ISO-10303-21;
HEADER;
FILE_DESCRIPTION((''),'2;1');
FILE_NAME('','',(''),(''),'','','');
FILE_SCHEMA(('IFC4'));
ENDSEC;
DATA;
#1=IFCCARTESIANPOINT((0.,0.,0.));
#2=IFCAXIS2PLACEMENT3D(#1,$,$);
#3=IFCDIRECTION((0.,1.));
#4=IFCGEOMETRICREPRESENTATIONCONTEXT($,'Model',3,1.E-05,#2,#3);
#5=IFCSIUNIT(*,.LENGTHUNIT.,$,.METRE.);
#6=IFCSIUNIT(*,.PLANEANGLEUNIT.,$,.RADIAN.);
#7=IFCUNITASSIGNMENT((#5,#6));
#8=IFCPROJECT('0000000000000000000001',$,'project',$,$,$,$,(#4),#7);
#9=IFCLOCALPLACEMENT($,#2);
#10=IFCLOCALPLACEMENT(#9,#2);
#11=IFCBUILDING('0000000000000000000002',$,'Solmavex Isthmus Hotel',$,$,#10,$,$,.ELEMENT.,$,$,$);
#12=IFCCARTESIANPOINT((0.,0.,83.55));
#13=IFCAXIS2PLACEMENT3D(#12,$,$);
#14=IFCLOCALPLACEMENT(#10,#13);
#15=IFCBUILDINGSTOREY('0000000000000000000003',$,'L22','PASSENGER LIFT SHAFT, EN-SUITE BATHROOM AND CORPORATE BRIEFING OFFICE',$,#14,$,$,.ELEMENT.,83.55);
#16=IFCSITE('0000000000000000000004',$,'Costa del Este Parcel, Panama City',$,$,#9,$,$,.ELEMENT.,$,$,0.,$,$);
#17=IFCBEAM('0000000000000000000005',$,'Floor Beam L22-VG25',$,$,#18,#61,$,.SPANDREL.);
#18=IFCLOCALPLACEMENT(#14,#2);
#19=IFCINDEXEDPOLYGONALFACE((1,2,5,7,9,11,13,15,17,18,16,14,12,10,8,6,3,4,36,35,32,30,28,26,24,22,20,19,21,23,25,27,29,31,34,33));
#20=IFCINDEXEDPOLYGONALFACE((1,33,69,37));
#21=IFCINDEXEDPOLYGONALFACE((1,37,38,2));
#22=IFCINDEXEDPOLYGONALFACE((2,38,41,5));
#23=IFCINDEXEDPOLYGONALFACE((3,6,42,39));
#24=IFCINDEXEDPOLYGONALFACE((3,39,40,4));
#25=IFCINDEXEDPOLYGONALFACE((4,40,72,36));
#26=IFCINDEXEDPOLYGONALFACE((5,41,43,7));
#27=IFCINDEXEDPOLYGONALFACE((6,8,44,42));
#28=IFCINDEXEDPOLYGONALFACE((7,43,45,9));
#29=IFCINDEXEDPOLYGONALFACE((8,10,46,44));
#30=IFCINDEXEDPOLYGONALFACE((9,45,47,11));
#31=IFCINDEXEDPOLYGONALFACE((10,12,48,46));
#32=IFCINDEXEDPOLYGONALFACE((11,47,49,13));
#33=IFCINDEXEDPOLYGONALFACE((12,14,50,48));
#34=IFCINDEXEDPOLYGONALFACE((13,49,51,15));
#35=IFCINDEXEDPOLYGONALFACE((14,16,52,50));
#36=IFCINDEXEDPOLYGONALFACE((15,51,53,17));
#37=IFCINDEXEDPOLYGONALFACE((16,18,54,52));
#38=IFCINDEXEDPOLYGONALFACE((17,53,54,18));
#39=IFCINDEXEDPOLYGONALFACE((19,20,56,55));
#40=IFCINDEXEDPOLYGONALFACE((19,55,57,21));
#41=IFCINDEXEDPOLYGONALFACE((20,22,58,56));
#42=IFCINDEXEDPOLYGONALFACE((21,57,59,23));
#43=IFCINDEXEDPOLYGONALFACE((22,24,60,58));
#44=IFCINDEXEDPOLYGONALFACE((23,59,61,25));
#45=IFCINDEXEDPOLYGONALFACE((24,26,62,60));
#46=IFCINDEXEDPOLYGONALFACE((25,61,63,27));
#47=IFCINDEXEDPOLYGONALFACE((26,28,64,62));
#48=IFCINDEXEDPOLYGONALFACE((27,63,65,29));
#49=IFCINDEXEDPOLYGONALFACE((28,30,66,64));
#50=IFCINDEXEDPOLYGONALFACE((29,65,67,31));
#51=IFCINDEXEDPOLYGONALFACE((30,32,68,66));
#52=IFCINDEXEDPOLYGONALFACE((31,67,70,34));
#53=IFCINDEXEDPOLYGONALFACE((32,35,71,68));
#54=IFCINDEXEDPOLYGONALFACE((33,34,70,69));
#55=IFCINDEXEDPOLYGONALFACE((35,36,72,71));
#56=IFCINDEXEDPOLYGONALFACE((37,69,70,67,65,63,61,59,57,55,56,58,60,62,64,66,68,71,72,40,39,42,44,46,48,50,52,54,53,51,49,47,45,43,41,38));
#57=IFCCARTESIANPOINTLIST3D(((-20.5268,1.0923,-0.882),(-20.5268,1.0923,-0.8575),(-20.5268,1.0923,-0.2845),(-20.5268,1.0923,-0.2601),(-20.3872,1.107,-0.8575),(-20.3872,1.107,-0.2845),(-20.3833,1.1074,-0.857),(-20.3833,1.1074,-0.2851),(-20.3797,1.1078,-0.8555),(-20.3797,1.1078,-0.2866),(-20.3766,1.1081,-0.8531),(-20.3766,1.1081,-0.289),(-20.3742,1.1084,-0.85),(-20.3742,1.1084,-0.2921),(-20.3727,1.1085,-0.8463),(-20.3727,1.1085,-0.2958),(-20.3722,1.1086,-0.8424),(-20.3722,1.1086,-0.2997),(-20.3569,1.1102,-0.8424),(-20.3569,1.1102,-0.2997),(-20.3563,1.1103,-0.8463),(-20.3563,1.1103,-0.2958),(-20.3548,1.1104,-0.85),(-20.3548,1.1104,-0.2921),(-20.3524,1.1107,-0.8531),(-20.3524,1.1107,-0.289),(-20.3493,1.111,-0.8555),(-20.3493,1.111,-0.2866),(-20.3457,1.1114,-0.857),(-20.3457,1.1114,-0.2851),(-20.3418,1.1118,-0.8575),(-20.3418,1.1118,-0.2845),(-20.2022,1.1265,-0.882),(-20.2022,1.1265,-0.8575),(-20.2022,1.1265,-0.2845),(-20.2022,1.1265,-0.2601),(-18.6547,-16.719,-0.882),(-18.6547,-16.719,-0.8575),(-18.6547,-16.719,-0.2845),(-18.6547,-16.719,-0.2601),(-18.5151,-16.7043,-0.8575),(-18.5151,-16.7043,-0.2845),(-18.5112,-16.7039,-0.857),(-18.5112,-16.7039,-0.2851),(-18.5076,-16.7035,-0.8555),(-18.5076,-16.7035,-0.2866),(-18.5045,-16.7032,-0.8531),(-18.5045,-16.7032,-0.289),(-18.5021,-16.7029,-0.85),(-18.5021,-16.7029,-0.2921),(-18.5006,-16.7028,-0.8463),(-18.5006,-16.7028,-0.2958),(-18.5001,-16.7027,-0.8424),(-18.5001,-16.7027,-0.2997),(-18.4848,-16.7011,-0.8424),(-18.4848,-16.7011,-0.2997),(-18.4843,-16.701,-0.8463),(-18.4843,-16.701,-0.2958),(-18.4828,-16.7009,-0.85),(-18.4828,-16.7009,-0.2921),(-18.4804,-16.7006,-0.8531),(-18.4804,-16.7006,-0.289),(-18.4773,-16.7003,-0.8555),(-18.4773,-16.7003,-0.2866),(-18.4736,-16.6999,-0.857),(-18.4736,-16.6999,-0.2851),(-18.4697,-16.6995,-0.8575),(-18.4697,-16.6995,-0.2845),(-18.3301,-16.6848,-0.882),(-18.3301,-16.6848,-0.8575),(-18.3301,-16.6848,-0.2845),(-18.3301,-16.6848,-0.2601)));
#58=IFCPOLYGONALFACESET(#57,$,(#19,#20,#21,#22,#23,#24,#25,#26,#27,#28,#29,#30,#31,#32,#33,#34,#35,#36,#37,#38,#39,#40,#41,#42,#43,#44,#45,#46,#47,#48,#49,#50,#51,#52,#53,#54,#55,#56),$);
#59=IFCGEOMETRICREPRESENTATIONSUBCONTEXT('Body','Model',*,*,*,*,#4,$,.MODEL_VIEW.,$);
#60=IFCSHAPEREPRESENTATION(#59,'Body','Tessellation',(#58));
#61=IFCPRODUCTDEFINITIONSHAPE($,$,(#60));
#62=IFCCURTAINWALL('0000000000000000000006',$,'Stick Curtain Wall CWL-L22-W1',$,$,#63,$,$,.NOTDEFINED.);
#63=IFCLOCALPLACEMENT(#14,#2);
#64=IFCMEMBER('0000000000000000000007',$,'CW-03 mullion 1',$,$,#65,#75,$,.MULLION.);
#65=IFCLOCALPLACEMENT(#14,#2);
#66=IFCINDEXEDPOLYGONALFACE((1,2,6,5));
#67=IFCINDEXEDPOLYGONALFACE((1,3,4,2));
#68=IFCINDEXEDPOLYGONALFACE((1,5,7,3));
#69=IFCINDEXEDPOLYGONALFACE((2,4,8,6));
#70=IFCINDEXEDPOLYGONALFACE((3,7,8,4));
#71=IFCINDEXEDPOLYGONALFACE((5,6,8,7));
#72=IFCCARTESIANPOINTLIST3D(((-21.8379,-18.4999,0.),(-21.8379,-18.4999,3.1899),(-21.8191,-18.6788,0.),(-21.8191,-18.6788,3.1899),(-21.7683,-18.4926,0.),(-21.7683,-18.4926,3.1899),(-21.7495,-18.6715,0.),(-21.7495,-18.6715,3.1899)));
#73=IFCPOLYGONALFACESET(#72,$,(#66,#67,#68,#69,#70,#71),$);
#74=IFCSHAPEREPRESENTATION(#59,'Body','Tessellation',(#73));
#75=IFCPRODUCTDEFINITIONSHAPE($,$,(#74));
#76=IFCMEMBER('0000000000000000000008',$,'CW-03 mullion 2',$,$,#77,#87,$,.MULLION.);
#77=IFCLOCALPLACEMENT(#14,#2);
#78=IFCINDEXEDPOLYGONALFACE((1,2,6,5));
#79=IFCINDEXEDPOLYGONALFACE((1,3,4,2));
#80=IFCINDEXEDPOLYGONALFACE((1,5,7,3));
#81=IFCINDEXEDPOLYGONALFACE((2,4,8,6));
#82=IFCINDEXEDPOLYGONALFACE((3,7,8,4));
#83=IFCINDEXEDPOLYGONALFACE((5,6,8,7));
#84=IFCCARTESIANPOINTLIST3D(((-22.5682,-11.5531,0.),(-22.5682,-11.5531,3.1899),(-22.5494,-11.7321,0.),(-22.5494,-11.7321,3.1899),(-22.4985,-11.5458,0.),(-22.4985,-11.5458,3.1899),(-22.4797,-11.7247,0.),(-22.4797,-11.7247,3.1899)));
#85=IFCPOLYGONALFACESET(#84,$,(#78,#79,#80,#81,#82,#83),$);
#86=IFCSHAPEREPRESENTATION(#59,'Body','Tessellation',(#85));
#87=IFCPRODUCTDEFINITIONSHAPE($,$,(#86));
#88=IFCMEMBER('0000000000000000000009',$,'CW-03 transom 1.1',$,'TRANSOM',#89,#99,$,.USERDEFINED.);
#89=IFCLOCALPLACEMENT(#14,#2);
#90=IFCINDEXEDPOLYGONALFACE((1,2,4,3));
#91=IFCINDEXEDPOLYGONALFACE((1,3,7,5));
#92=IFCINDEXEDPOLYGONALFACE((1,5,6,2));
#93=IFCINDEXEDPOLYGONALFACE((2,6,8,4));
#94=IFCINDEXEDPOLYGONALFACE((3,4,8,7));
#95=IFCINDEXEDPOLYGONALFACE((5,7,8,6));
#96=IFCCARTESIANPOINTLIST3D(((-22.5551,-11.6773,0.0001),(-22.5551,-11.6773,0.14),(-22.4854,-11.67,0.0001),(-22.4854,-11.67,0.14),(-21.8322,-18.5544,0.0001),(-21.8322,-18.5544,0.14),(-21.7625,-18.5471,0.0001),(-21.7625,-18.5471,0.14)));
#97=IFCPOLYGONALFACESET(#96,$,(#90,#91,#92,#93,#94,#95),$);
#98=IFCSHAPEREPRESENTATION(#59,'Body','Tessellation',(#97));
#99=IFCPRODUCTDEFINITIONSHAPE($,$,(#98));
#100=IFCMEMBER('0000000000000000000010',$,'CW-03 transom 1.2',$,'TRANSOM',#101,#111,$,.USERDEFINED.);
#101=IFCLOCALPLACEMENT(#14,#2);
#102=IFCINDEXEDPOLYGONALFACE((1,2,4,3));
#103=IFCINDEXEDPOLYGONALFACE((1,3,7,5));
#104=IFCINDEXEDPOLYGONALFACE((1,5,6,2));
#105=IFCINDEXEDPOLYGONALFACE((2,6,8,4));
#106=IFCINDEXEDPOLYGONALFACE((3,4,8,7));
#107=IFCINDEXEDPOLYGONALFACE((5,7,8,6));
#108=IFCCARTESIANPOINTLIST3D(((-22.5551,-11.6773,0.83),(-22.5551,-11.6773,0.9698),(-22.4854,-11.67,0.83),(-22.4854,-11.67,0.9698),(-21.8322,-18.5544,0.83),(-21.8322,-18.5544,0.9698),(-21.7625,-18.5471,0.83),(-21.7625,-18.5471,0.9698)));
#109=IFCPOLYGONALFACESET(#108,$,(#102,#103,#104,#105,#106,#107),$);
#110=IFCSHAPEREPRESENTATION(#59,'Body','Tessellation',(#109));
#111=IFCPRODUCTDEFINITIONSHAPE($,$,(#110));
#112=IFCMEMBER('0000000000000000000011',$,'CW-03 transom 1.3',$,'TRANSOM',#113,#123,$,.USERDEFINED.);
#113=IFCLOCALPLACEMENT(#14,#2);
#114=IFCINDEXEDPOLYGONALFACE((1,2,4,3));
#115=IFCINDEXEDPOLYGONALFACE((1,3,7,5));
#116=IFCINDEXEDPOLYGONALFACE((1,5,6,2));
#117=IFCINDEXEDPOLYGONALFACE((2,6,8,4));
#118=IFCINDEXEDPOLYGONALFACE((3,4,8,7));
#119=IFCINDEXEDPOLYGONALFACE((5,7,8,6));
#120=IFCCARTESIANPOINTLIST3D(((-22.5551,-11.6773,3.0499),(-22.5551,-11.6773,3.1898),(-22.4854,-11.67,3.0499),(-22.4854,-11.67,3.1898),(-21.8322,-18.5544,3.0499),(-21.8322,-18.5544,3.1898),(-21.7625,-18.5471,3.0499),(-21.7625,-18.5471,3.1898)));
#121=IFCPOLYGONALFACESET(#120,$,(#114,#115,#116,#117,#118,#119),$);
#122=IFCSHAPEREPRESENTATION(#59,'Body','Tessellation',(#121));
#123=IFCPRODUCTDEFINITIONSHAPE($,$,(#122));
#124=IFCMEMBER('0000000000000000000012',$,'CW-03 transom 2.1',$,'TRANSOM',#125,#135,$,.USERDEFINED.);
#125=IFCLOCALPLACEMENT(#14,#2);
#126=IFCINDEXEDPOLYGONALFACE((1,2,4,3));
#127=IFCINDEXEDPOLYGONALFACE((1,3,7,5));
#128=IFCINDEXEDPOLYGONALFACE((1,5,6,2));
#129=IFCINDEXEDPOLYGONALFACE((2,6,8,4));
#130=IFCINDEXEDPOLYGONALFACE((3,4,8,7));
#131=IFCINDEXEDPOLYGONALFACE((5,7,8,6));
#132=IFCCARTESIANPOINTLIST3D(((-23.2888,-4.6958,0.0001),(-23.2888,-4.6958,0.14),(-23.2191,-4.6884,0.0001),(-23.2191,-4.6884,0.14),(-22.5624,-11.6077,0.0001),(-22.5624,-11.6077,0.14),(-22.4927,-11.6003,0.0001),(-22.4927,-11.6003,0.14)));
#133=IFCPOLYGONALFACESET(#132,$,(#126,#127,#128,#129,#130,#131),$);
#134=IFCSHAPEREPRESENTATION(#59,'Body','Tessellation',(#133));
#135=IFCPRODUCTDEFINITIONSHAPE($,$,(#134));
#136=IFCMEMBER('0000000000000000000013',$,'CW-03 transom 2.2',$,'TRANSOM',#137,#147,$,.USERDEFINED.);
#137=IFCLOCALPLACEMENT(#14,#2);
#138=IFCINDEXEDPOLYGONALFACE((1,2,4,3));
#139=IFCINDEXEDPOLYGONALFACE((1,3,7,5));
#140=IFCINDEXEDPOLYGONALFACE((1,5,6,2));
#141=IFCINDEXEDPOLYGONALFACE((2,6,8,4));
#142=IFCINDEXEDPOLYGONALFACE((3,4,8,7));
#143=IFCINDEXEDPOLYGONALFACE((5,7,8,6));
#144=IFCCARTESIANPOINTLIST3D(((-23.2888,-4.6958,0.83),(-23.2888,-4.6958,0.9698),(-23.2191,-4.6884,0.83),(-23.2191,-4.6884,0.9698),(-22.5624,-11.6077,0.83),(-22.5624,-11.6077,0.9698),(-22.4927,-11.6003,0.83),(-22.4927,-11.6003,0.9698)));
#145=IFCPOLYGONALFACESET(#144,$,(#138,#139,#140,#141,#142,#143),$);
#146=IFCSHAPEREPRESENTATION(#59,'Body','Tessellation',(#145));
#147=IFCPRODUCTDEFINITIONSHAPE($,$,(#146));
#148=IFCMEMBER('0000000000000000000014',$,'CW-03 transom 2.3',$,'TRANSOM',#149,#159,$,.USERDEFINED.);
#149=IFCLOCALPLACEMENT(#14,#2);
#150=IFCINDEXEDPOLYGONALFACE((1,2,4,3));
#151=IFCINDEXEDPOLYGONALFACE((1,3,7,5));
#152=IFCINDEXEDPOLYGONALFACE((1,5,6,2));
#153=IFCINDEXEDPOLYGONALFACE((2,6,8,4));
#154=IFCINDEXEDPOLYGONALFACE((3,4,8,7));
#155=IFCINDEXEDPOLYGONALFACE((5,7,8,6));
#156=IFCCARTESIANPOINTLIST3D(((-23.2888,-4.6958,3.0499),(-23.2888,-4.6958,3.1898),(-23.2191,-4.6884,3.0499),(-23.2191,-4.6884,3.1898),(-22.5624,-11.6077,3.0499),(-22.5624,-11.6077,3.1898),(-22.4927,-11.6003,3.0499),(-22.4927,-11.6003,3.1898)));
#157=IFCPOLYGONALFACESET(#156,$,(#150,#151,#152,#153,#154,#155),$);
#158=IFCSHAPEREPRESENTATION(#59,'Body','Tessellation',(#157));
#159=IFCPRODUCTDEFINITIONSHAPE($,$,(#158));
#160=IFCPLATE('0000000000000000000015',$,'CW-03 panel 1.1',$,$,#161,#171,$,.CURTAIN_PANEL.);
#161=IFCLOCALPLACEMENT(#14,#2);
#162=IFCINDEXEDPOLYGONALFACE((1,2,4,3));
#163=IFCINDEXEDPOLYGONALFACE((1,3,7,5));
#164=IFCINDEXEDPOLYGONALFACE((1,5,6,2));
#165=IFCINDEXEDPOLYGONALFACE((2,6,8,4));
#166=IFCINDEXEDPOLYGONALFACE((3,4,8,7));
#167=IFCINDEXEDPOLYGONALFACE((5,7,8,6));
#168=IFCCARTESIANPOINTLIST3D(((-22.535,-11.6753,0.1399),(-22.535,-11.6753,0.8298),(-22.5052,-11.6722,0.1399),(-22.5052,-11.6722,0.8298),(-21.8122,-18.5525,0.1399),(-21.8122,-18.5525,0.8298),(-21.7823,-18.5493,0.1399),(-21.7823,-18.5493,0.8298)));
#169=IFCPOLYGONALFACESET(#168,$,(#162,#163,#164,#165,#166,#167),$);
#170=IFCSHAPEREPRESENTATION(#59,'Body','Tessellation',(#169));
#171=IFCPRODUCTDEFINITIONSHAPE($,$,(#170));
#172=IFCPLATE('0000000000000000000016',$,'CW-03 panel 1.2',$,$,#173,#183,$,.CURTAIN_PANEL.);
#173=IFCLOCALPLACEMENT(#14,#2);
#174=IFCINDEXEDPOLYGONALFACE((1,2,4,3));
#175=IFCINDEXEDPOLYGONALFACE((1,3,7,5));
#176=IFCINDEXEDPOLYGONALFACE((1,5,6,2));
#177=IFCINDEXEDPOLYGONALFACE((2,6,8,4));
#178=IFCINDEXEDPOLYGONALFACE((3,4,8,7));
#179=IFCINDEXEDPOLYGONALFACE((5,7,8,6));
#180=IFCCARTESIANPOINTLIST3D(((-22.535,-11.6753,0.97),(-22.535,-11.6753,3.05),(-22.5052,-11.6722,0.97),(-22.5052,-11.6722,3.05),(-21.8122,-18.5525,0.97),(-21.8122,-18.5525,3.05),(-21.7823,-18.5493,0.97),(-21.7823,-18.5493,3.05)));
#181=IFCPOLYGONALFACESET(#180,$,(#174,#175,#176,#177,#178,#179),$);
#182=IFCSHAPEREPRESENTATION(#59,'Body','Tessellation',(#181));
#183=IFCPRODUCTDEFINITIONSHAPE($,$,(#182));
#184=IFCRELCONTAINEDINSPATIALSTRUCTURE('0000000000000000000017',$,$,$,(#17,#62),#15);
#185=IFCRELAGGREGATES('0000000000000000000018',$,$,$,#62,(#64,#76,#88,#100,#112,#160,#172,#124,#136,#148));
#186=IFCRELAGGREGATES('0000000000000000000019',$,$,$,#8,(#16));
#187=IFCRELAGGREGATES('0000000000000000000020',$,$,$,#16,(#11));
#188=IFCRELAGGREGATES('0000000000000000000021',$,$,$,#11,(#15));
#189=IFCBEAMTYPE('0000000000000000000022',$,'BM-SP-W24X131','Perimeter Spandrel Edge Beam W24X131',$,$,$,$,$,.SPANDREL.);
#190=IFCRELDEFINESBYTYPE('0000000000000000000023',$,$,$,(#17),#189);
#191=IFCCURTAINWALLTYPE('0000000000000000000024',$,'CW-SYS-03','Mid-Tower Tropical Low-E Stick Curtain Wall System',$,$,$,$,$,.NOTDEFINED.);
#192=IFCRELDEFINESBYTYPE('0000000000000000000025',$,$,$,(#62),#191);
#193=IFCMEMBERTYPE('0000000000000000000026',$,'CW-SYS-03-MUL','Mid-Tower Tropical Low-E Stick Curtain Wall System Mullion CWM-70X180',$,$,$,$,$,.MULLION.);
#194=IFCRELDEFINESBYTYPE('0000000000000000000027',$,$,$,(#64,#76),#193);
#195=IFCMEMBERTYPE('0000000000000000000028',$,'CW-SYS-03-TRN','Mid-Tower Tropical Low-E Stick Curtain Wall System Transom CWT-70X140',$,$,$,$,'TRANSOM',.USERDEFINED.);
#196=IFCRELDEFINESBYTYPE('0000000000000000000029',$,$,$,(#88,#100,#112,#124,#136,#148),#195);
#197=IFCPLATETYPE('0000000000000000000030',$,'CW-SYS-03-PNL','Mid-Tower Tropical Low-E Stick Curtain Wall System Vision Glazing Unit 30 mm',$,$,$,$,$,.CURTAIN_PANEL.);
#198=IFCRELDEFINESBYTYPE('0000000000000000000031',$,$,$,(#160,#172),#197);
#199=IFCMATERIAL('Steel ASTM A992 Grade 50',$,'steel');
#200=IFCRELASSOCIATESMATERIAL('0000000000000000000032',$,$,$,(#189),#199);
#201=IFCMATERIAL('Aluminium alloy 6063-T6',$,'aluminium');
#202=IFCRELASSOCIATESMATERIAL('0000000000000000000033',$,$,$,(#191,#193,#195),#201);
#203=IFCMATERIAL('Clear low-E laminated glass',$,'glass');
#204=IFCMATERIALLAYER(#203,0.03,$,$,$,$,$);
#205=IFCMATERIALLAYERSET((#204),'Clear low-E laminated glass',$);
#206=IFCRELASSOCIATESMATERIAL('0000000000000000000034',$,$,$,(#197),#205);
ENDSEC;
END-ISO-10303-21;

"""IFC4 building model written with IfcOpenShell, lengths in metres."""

from ifc_helpers import new_model, si_unit, direction, frame, origin, origin_2d, place, context, subcontext, project, spatial, rectangle, i_section, extrude, material, layer, layer_set, material_profile, profile_set, type_object, element, aggregate, save


model = new_model("IFC4")

# Units and contexts
model_context = context("Model", 3, precision=1e-05, world=origin(), true_north=direction((0.0, 1.0)))
body_context = subcontext(model_context, "Body", "Model", "MODEL_VIEW")
ifc_project = project(units=[si_unit("LENGTHUNIT", "METRE"), si_unit("PLANEANGLEUNIT", "RADIAN")], contexts=[model_context])

# Site, building, storey
site_placement = place(None, origin())
site = spatial("IfcSite", under=ifc_project, at=site_placement, Name="Costa del Este Parcel, Panama City", CompositionType="ELEMENT", RefElevation=0.0)
building_placement = place(site_placement, origin())
building = spatial("IfcBuilding", under=site, at=building_placement, Name="Solmavex Isthmus Hotel", CompositionType="ELEMENT")
storey_placement = place(building_placement, frame((0.0, 0.0, 83.55)))
storey = spatial("IfcBuildingStorey", under=building, at=storey_placement, Name="L22", Description="PASSENGER LIFT SHAFT, EN-SUITE BATHROOM AND CORPORATE BRIEFING OFFICE", CompositionType="ELEMENT", Elevation=83.55)

# Beam
ifc_material_1 = material(Name="Steel ASTM A992 Grade 50", Category="steel")
ifc_material_profile_1 = material_profile(ifc_material_1, i_section(OverallWidth=0.3264, OverallDepth=0.6218, WebThickness=0.0154, FlangeThickness=0.0244, FilletRadius=0.0151, at=origin_2d()), Name="W24X131")
ifc_profile_set_1 = profile_set([ifc_material_profile_1], Name="Steel ASTM A992 Grade 50")
beam_type_1 = type_object("IfcBeamType", Name="BM-SP-W24X131", Description="Perimeter Spandrel Edge Beam W24X131", PredefinedType="SPANDREL", material=ifc_profile_set_1)
beam_1_placement = place(storey_placement, frame((-18.4924, -16.7019, -0.571), z_axis=(-0.10453, 0.994522, 0.0), x_axis=(-0.994522, -0.10453, 0.0)))
element("IfcBeam", 1, at=beam_1_placement, inside=storey, type_object=beam_type_1, Name="Floor Beam L22-VG25", PredefinedType="SPANDREL", context=body_context, shape_type="SweptSolid", body=[
    extrude(i_section(OverallWidth=0.3264, OverallDepth=0.6218, WebThickness=0.0154, FlangeThickness=0.0244, FilletRadius=0.0151, at=origin_2d()), origin(), (0.0, 0.0, 1.0), 17.9094),
])

# Curtain wall, members, plates
ifc_material_2 = material(Name="Aluminium alloy 6063-T6", Category="aluminium")
curtain_wall_type = type_object("IfcCurtainWallType", Name="CW-SYS-03", Description="Mid-Tower Tropical Low-E Stick Curtain Wall System", PredefinedType="NOTDEFINED", material=ifc_material_2)
curtain_wall_placement = place(storey_placement, origin())
curtain_wall = element("IfcCurtainWall", 2, at=curtain_wall_placement, inside=storey, type_object=curtain_wall_type, Name="Stick Curtain Wall CWL-L22-W1", PredefinedType="NOTDEFINED")
ifc_material_profile_2 = material_profile(ifc_material_2, rectangle(XDim=0.0701, YDim=0.1799, at=origin_2d()), Name="CWM-70X180")
ifc_profile_set_2 = profile_set([ifc_material_profile_2], Name="Aluminium alloy 6063-T6")
member_type_1 = type_object("IfcMemberType", Name="CW-SYS-03-MUL", Description="Mid-Tower Tropical Low-E Stick Curtain Wall System Mullion CWM-70X180", PredefinedType="MULLION", material=ifc_profile_set_2)
member_1_placement = place(storey_placement, frame((-21.7937, -18.5857, 0.0), z_axis=(0.0, 0.0, 1.0), x_axis=(-0.994522, -0.104528, 0.0)))
member_1 = element("IfcMember", 3, at=member_1_placement, type_object=member_type_1, Name="CW-03 mullion 1", PredefinedType="MULLION", context=body_context, shape_type="SweptSolid", body=[
    extrude(rectangle(XDim=0.0701, YDim=0.1799, at=origin_2d()), origin(), (0.0, 0.0, 1.0), 3.1899),
])
member_2_placement = place(storey_placement, frame((-22.5239, -11.6389, 0.0), z_axis=(0.0, 0.0, 1.0), x_axis=(-0.994522, -0.104528, 0.0)))
member_2 = element("IfcMember", 4, at=member_2_placement, type_object=member_type_1, Name="CW-03 mullion 2", PredefinedType="MULLION", context=body_context, shape_type="SweptSolid", body=[
    extrude(rectangle(XDim=0.0701, YDim=0.1799, at=origin_2d()), origin(), (0.0, 0.0, 1.0), 3.1899),
])
ifc_material_profile_3 = material_profile(ifc_material_2, rectangle(XDim=0.0701, YDim=0.1399, at=origin_2d()), Name="CWT-70X140")
ifc_profile_set_3 = profile_set([ifc_material_profile_3], Name="Aluminium alloy 6063-T6")
member_type_2 = type_object("IfcMemberType", Name="CW-SYS-03-TRN", Description="Mid-Tower Tropical Low-E Stick Curtain Wall System Transom CWT-70X140", ElementType="TRANSOM", PredefinedType="USERDEFINED", material=ifc_profile_set_3)
member_3_placement = place(storey_placement, frame((-21.7974, -18.5508, 0.0701), z_axis=(-0.10454, 0.994521, 0.0), x_axis=(-0.994521, -0.10454, 0.0)))
member_3 = element("IfcMember", 5, at=member_3_placement, type_object=member_type_2, Name="CW-03 transom 1.1", ObjectType="TRANSOM", PredefinedType="USERDEFINED", context=body_context, shape_type="SweptSolid", body=[
    extrude(rectangle(XDim=0.0701, YDim=0.1399, at=origin_2d()), origin(), (0.0, 0.0, 1.0), 6.915),
])
member_4_placement = place(storey_placement, frame((-21.7974, -18.5508, 0.8999), z_axis=(-0.10454, 0.994521, 0.0), x_axis=(-0.994521, -0.10454, 0.0)))
member_4 = element("IfcMember", 6, at=member_4_placement, type_object=member_type_2, Name="CW-03 transom 1.2", ObjectType="TRANSOM", PredefinedType="USERDEFINED", context=body_context, shape_type="SweptSolid", body=[
    extrude(rectangle(XDim=0.0701, YDim=0.1399, at=origin_2d()), origin(), (0.0, 0.0, 1.0), 6.915),
])
member_5_placement = place(storey_placement, frame((-21.7974, -18.5508, 3.1199), z_axis=(-0.10454, 0.994521, 0.0), x_axis=(-0.994521, -0.10454, 0.0)))
member_5 = element("IfcMember", 7, at=member_5_placement, type_object=member_type_2, Name="CW-03 transom 1.3", ObjectType="TRANSOM", PredefinedType="USERDEFINED", context=body_context, shape_type="SweptSolid", body=[
    extrude(rectangle(XDim=0.0701, YDim=0.1399, at=origin_2d()), origin(), (0.0, 0.0, 1.0), 6.915),
])
member_6_placement = place(storey_placement, frame((-22.5276, -11.604, 0.0701), z_axis=(-0.104507, 0.994524, 0.0), x_axis=(-0.994524, -0.104507, 0.0)))
member_6 = element("IfcMember", 8, at=member_6_placement, type_object=member_type_2, Name="CW-03 transom 2.1", ObjectType="TRANSOM", PredefinedType="USERDEFINED", context=body_context, shape_type="SweptSolid", body=[
    extrude(rectangle(XDim=0.0701, YDim=0.1399, at=origin_2d()), origin(), (0.0, 0.0, 1.0), 6.95),
])
member_7_placement = place(storey_placement, frame((-22.5276, -11.604, 0.8999), z_axis=(-0.104507, 0.994524, 0.0), x_axis=(-0.994524, -0.104507, 0.0)))
member_7 = element("IfcMember", 9, at=member_7_placement, type_object=member_type_2, Name="CW-03 transom 2.2", ObjectType="TRANSOM", PredefinedType="USERDEFINED", context=body_context, shape_type="SweptSolid", body=[
    extrude(rectangle(XDim=0.0701, YDim=0.1399, at=origin_2d()), origin(), (0.0, 0.0, 1.0), 6.95),
])
member_8_placement = place(storey_placement, frame((-22.5276, -11.604, 3.1199), z_axis=(-0.104507, 0.994524, 0.0), x_axis=(-0.994524, -0.104507, 0.0)))
member_8 = element("IfcMember", 10, at=member_8_placement, type_object=member_type_2, Name="CW-03 transom 2.3", ObjectType="TRANSOM", PredefinedType="USERDEFINED", context=body_context, shape_type="SweptSolid", body=[
    extrude(rectangle(XDim=0.0701, YDim=0.1399, at=origin_2d()), origin(), (0.0, 0.0, 1.0), 6.95),
])
ifc_material_3 = material(Name="Clear low-E laminated glass", Category="glass")
ifc_layer_1 = layer(ifc_material_3, 0.03)
ifc_layer_set_1 = layer_set([ifc_layer_1], Name="Clear low-E laminated glass")
plate_type = type_object("IfcPlateType", Name="CW-SYS-03-PNL", Description="Mid-Tower Tropical Low-E Stick Curtain Wall System Vision Glazing Unit 30 mm", PredefinedType="CURTAIN_PANEL", material=ifc_layer_set_1)
plate_1_placement = place(storey_placement, frame((-22.1587, -15.1123, 0.1399), z_axis=(0.0, 0.0, 1.0), x_axis=(-0.104528, 0.994522, 0.0)))
plate_1 = element("IfcPlate", 11, at=plate_1_placement, type_object=plate_type, Name="CW-03 panel 1.1", PredefinedType="CURTAIN_PANEL", context=body_context, shape_type="SweptSolid", body=[
    extrude(rectangle(XDim=6.915, YDim=0.03, at=origin_2d()), origin(), (0.0, 0.0, 1.0), 0.6899),
])
plate_2_placement = place(storey_placement, frame((-22.1587, -15.1123, 0.97), z_axis=(0.0, 0.0, 1.0), x_axis=(-0.104528, 0.994522, 0.0)))
plate_2 = element("IfcPlate", 12, at=plate_2_placement, type_object=plate_type, Name="CW-03 panel 1.2", PredefinedType="CURTAIN_PANEL", context=body_context, shape_type="SweptSolid", body=[
    extrude(rectangle(XDim=6.915, YDim=0.03, at=origin_2d()), origin(), (0.0, 0.0, 1.0), 2.0801),
])
aggregate(curtain_wall, [member_1, member_2, member_3, member_4, member_5, plate_1, plate_2, member_6, member_7, member_8])

save(model, "model.ifc")
